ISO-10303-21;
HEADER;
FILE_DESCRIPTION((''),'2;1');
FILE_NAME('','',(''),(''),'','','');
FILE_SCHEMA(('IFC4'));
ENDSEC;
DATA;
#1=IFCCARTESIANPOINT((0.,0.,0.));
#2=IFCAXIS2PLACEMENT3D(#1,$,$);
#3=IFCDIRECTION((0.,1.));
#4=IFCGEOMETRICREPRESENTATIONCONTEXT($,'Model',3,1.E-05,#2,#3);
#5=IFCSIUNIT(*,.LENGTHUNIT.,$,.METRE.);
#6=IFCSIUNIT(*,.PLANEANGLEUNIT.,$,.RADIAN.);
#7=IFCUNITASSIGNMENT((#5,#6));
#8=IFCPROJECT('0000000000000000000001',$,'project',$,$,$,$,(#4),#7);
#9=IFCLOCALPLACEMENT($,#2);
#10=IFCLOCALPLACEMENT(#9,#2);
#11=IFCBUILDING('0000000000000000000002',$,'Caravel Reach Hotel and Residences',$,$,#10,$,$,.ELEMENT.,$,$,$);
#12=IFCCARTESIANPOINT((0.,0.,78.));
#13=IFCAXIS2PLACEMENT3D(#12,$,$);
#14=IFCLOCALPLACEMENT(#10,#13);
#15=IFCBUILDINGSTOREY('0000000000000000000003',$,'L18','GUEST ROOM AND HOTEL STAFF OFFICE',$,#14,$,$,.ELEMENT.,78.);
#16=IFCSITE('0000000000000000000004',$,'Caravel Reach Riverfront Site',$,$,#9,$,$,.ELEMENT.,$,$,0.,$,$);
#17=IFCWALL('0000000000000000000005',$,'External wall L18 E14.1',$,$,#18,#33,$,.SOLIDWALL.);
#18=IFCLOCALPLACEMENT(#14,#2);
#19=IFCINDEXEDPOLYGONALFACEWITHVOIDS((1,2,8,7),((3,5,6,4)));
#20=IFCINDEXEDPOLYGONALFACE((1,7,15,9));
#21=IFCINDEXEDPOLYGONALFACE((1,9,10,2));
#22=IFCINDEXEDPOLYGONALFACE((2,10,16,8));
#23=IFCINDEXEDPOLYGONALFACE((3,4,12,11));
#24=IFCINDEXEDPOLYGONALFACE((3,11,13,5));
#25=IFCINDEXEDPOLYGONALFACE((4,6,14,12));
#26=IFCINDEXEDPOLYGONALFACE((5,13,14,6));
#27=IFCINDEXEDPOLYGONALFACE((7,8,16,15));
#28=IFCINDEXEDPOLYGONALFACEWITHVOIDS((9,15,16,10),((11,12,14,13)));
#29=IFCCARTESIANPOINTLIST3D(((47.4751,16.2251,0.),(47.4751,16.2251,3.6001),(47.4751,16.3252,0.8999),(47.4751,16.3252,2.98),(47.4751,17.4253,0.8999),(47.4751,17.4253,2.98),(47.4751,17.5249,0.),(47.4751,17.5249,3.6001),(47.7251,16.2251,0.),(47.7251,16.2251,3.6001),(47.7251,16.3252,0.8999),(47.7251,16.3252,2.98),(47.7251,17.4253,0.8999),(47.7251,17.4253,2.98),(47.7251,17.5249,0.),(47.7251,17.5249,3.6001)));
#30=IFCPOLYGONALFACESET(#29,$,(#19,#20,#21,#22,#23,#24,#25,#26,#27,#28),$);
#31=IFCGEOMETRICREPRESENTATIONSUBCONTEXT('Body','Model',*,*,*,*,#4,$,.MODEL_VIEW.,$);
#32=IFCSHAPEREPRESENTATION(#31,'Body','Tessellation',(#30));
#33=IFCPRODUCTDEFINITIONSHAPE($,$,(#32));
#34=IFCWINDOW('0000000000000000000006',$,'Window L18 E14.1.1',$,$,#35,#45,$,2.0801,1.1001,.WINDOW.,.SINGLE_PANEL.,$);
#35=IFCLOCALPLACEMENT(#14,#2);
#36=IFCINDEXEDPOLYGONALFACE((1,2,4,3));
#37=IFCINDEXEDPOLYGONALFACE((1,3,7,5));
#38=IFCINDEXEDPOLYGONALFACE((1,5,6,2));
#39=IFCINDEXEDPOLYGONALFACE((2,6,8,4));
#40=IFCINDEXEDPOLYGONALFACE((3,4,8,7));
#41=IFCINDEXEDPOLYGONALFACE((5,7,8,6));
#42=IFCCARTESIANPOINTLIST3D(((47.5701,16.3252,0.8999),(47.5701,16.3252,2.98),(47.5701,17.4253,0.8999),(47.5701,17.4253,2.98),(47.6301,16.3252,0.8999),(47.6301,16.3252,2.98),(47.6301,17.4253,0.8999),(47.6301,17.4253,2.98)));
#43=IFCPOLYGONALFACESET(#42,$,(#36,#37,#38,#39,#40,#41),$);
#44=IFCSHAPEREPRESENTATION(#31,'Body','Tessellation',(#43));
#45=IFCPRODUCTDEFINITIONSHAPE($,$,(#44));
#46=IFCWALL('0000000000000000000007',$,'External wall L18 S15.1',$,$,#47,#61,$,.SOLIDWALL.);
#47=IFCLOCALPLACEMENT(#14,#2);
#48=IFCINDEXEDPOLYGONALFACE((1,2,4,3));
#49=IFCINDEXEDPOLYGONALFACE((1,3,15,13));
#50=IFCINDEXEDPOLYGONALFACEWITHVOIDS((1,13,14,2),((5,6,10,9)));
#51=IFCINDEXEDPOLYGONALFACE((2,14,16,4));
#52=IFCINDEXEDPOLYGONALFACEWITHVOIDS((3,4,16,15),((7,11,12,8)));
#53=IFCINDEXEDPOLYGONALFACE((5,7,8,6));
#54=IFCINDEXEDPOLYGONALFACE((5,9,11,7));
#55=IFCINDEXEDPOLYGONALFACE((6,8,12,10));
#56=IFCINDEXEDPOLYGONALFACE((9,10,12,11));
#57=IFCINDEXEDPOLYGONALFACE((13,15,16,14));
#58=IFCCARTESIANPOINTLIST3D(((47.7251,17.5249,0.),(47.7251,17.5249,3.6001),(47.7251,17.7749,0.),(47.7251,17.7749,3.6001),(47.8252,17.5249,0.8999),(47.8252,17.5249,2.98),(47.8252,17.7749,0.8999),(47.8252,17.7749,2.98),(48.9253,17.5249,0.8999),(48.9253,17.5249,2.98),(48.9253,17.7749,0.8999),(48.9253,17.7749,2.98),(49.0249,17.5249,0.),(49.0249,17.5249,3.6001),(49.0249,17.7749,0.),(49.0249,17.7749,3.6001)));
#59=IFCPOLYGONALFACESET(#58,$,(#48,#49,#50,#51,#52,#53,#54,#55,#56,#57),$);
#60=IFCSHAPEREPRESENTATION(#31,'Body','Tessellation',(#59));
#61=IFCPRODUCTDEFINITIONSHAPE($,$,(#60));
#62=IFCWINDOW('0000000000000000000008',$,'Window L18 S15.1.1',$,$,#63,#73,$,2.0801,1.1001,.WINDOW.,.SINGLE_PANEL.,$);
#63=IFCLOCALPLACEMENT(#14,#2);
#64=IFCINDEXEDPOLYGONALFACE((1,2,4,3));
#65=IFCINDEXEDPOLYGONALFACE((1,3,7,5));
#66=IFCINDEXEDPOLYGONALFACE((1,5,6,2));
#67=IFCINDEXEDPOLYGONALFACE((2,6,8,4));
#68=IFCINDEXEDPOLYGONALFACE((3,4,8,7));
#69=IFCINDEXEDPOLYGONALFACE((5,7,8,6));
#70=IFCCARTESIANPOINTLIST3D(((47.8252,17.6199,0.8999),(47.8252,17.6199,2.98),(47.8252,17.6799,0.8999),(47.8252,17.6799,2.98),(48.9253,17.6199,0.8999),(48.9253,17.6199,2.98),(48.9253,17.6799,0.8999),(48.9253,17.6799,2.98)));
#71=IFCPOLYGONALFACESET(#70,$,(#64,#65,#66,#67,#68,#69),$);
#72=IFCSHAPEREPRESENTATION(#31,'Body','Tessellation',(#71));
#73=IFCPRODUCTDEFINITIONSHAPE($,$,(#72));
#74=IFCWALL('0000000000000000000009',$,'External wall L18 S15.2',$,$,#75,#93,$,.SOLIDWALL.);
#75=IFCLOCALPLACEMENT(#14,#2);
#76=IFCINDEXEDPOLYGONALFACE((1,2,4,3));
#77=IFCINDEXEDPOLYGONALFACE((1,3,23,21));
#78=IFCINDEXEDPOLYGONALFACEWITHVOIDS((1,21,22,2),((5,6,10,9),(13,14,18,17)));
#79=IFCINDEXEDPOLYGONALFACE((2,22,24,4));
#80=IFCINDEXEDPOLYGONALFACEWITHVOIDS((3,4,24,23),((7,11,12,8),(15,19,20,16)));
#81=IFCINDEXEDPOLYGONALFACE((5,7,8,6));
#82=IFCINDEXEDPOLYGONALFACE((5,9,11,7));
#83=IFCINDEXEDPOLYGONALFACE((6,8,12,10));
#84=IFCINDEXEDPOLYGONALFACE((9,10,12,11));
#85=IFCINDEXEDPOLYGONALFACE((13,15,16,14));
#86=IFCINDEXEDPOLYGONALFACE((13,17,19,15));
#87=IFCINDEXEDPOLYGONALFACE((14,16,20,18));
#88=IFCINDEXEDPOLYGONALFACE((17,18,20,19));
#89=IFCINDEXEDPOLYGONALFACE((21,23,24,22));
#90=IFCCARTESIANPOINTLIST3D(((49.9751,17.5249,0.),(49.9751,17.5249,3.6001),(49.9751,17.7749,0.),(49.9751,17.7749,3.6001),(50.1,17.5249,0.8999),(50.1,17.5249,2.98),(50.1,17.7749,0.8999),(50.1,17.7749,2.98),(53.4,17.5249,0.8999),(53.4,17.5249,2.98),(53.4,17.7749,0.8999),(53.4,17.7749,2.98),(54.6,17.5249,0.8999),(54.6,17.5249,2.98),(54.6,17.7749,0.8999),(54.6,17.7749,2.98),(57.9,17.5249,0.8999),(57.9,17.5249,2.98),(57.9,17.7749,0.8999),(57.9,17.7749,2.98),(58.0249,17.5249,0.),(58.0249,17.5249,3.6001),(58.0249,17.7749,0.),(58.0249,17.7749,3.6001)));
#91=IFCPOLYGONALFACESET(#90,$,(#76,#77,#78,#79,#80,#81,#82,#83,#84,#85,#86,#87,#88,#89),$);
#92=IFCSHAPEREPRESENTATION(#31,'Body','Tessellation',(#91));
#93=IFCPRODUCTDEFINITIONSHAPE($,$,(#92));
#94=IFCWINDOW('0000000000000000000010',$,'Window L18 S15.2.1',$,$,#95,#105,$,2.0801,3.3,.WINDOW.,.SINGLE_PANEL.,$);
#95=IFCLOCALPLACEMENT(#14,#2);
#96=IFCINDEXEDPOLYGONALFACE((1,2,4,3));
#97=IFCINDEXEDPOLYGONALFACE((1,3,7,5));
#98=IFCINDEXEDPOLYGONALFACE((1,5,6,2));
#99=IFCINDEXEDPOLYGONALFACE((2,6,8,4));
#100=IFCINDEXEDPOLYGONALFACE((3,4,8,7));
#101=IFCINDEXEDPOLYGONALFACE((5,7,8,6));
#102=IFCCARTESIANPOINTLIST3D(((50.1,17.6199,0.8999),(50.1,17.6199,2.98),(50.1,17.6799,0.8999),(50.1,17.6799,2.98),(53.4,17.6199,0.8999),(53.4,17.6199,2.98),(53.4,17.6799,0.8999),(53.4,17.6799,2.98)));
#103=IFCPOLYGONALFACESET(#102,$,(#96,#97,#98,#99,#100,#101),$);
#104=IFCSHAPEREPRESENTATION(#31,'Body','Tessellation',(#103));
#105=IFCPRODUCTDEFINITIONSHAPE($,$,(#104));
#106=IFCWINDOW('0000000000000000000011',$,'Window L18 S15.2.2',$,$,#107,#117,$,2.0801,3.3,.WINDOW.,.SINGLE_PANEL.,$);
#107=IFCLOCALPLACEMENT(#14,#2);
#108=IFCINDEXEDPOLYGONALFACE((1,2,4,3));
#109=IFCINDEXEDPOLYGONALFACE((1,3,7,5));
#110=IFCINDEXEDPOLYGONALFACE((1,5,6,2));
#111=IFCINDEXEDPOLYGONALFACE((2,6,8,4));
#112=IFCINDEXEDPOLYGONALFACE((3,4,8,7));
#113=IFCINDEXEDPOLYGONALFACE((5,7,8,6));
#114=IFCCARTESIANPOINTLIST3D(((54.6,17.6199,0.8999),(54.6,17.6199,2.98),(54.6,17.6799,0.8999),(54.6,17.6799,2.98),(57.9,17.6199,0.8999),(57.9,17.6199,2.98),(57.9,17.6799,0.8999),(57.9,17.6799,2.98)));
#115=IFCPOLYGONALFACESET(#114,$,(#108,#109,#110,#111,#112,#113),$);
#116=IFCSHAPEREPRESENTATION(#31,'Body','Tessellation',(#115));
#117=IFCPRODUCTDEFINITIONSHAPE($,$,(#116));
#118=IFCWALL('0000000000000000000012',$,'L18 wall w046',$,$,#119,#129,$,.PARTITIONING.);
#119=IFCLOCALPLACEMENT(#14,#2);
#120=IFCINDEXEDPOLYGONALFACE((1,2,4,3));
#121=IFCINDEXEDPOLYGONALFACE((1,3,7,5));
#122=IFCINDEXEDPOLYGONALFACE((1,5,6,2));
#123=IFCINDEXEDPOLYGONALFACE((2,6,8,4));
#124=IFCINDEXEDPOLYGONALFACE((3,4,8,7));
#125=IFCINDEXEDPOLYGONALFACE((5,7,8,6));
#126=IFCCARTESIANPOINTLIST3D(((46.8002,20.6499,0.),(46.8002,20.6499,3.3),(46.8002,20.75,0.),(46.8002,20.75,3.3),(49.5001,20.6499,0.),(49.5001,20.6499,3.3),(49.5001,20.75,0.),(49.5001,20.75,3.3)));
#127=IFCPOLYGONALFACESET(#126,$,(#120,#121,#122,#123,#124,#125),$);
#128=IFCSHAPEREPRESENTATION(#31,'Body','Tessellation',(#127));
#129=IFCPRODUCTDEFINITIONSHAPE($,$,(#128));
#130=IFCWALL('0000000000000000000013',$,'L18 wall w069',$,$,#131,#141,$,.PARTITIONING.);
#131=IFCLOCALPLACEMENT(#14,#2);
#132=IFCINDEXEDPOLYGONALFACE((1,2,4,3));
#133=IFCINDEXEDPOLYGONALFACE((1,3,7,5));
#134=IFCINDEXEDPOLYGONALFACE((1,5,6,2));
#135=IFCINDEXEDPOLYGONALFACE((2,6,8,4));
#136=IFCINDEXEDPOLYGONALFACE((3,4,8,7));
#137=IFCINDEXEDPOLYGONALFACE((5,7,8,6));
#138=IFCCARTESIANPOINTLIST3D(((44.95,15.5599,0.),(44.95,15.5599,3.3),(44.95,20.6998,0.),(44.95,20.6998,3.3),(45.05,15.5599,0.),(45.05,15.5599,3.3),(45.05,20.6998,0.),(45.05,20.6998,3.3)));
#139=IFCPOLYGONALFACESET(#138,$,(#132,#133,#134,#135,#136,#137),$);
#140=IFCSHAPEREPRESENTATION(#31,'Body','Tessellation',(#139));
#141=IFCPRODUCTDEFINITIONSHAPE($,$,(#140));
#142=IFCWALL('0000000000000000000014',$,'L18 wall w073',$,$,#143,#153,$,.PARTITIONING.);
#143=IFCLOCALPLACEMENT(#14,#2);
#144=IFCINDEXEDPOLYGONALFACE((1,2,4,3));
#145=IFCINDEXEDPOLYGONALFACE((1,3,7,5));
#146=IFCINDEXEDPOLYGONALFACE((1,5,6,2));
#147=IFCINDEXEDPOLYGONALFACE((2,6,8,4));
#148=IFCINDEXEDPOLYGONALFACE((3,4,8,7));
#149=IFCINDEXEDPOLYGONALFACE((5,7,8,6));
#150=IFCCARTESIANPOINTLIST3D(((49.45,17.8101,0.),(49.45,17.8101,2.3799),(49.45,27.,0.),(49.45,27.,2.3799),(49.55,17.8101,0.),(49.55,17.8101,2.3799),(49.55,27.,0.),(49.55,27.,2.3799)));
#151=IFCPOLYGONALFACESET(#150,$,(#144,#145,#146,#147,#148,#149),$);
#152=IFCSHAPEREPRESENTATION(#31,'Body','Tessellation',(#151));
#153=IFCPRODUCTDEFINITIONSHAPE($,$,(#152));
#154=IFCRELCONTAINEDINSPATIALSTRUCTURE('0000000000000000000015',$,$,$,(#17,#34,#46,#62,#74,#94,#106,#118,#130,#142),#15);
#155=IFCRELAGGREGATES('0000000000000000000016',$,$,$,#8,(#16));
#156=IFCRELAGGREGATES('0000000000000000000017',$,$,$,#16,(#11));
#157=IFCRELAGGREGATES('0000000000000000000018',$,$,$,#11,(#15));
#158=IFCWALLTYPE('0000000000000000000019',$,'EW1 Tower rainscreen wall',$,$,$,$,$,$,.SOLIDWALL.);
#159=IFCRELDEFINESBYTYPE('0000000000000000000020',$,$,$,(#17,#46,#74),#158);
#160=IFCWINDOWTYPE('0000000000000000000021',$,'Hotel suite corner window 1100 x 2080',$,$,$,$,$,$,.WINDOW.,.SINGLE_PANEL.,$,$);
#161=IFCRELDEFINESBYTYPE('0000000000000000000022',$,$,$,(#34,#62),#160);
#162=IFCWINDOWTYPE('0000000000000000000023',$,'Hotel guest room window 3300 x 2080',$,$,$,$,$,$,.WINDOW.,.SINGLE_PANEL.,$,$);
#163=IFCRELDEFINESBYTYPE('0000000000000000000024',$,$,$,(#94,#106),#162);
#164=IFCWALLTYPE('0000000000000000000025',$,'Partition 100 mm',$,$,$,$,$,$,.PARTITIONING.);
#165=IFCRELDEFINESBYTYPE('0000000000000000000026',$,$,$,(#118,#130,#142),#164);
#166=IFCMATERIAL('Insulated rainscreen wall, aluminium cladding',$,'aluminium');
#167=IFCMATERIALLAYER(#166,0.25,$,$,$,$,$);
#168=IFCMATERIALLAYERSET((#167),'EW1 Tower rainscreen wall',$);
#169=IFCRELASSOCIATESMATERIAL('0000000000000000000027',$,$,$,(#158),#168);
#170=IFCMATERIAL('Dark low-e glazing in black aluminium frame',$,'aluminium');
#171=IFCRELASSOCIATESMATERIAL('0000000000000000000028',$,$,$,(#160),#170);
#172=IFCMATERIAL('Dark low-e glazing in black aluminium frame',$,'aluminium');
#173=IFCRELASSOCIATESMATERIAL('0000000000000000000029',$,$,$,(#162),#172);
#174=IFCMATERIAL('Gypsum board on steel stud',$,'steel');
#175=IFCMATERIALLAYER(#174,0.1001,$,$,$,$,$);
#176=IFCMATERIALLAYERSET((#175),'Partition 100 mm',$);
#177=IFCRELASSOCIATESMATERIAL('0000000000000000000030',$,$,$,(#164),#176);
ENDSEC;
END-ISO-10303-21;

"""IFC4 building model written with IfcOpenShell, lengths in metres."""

from ifc_helpers import new_model, si_unit, direction, frame, frame_2d, origin, place, context, subcontext, project, spatial, rectangle, extrude, material, layer, layer_set, type_object, element, fill, save


model = new_model("IFC4")

# Units and contexts
model_context = context("Model", 3, precision=1e-05, world=origin(), true_north=direction((0.0, 1.0)))
body_context = subcontext(model_context, "Body", "Model", "MODEL_VIEW")
ifc_project = project(units=[si_unit("LENGTHUNIT", "METRE"), si_unit("PLANEANGLEUNIT", "RADIAN")], contexts=[model_context])

# Site, building, storey
site_placement = place(None, origin())
site = spatial("IfcSite", under=ifc_project, at=site_placement, Name="Caravel Reach Riverfront Site", CompositionType="ELEMENT", RefElevation=0.0)
building_placement = place(site_placement, origin())
building = spatial("IfcBuilding", under=site, at=building_placement, Name="Caravel Reach Hotel and Residences", CompositionType="ELEMENT")
storey_placement = place(building_placement, frame((0.0, 0.0, 78.0)))
storey = spatial("IfcBuildingStorey", under=building, at=storey_placement, Name="L18", Description="GUEST ROOM AND HOTEL STAFF OFFICE", CompositionType="ELEMENT", Elevation=78.0)

# Walls, openings, windows
ifc_material_1 = material(Name="Insulated rainscreen wall, aluminium cladding", Category="aluminium")
ifc_layer_1 = layer(ifc_material_1, 0.25)
ifc_layer_set_1 = layer_set([ifc_layer_1], Name="EW1 Tower rainscreen wall")
wall_type_1 = type_object("IfcWallType", Name="EW1 Tower rainscreen wall", PredefinedType="SOLIDWALL", material=ifc_layer_set_1)
ifc_material_2 = material(Name="Dark low-e glazing in black aluminium frame", Category="aluminium")
window_type_1 = type_object("IfcWindowType", Name="Hotel suite corner window 1100 x 2080", PartitioningType="SINGLE_PANEL", PredefinedType="WINDOW", material=ifc_material_2)
wall_1_placement = place(storey_placement, frame((47.6001, 16.2251, 0.0), z_axis=(0.0, 0.0, 1.0), x_axis=(0.0, 1.0, 0.0)))
wall_1 = element("IfcWall", 1, at=wall_1_placement, inside=storey, type_object=wall_type_1, Name="External wall L18 E14.1", PredefinedType="SOLIDWALL", context=body_context, shape_type="SweptSolid", body=[
    extrude(rectangle(XDim=1.2998, YDim=0.25, at=frame_2d((0.6499, 0.0))), origin(), (0.0, 0.0, 1.0), 3.6001),
])
opening_1_placement = place(wall_1_placement, frame((0.1001, 0.0, 0.8999)))
opening_1 = element("IfcOpeningElement", 2, at=opening_1_placement, cuts=wall_1, PredefinedType="OPENING", context=body_context, shape_type="SweptSolid", body=[
    extrude(rectangle(XDim=1.1001, YDim=2.0801, at=frame_2d((0.55, 1.04))), frame((0.0, 0.135, 0.0), z_axis=(0.0, -1.0, 0.0), x_axis=(1.0, 0.0, 0.0)), (0.0, 0.0, 1.0), 0.27),
])
window_1_placement = place(opening_1_placement, origin())
window_1 = element("IfcWindow", 3, at=window_1_placement, inside=storey, type_object=window_type_1, Name="Window L18 E14.1.1", OverallHeight=2.0801, OverallWidth=1.1001, PartitioningType="SINGLE_PANEL", PredefinedType="WINDOW", context=body_context, shape_type="SweptSolid", body=[
    extrude(rectangle(XDim=1.1001, YDim=2.0801, at=frame_2d((0.55, 1.04))), frame((0.0, 0.03, 0.0), z_axis=(0.0, -1.0, 0.0), x_axis=(1.0, 0.0, 0.0)), (0.0, 0.0, 1.0), 0.0601),
])
fill(opening_1, window_1)
wall_2_placement = place(storey_placement, frame((47.7251, 17.6499, 0.0), z_axis=(0.0, 0.0, 1.0), x_axis=(1.0, 0.0, 0.0)))
wall_2 = element("IfcWall", 4, at=wall_2_placement, inside=storey, type_object=wall_type_1, Name="External wall L18 S15.1", PredefinedType="SOLIDWALL", context=body_context, shape_type="SweptSolid", body=[
    extrude(rectangle(XDim=1.2998, YDim=0.25, at=frame_2d((0.6499, 0.0))), origin(), (0.0, 0.0, 1.0), 3.6001),
])
opening_2_placement = place(wall_2_placement, frame((0.1001, 0.0, 0.8999)))
opening_2 = element("IfcOpeningElement", 5, at=opening_2_placement, cuts=wall_2, PredefinedType="OPENING", context=body_context, shape_type="SweptSolid", body=[
    extrude(rectangle(XDim=1.1001, YDim=2.0801, at=frame_2d((0.55, 1.04))), frame((0.0, 0.135, 0.0), z_axis=(0.0, -1.0, 0.0), x_axis=(1.0, 0.0, 0.0)), (0.0, 0.0, 1.0), 0.27),
])
window_2_placement = place(opening_2_placement, origin())
window_2 = element("IfcWindow", 6, at=window_2_placement, inside=storey, type_object=window_type_1, Name="Window L18 S15.1.1", OverallHeight=2.0801, OverallWidth=1.1001, PartitioningType="SINGLE_PANEL", PredefinedType="WINDOW", context=body_context, shape_type="SweptSolid", body=[
    extrude(rectangle(XDim=1.1001, YDim=2.0801, at=frame_2d((0.55, 1.04))), frame((0.0, 0.03, 0.0), z_axis=(0.0, -1.0, 0.0), x_axis=(1.0, 0.0, 0.0)), (0.0, 0.0, 1.0), 0.0601),
])
fill(opening_2, window_2)

# Wall, openings, windows
wall_3_placement = place(storey_placement, frame((49.9751, 17.6499, 0.0), z_axis=(0.0, 0.0, 1.0), x_axis=(1.0, 0.0, 0.0)))
wall_3 = element("IfcWall", 7, at=wall_3_placement, inside=storey, type_object=wall_type_1, Name="External wall L18 S15.2", PredefinedType="SOLIDWALL", context=body_context, shape_type="SweptSolid", body=[
    extrude(rectangle(XDim=8.0498, YDim=0.25, at=frame_2d((4.0249, 0.0))), origin(), (0.0, 0.0, 1.0), 3.6001),
])
opening_3_placement = place(wall_3_placement, frame((0.125, 0.0, 0.8999)))
opening_3 = element("IfcOpeningElement", 8, at=opening_3_placement, cuts=wall_3, PredefinedType="OPENING", context=body_context, shape_type="SweptSolid", body=[
    extrude(rectangle(XDim=3.3, YDim=2.0801, at=frame_2d((1.6499, 1.04))), frame((0.0, 0.135, 0.0), z_axis=(0.0, -1.0, 0.0), x_axis=(1.0, 0.0, 0.0)), (0.0, 0.0, 1.0), 0.27),
])
opening_4_placement = place(wall_3_placement, frame((4.625, 0.0, 0.8999)))
opening_4 = element("IfcOpeningElement", 9, at=opening_4_placement, cuts=wall_3, PredefinedType="OPENING", context=body_context, shape_type="SweptSolid", body=[
    extrude(rectangle(XDim=3.3, YDim=2.0801, at=frame_2d((1.6499, 1.04))), frame((0.0, 0.135, 0.0), z_axis=(0.0, -1.0, 0.0), x_axis=(1.0, 0.0, 0.0)), (0.0, 0.0, 1.0), 0.27),
])
ifc_material_3 = material(Name="Dark low-e glazing in black aluminium frame", Category="aluminium")
window_type_2 = type_object("IfcWindowType", Name="Hotel guest room window 3300 x 2080", PartitioningType="SINGLE_PANEL", PredefinedType="WINDOW", material=ifc_material_3)
window_3_placement = place(opening_3_placement, origin())
window_3 = element("IfcWindow", 10, at=window_3_placement, inside=storey, type_object=window_type_2, Name="Window L18 S15.2.1", OverallHeight=2.0801, OverallWidth=3.3, PartitioningType="SINGLE_PANEL", PredefinedType="WINDOW", context=body_context, shape_type="SweptSolid", body=[
    extrude(rectangle(XDim=3.3, YDim=2.0801, at=frame_2d((1.6499, 1.04))), frame((0.0, 0.03, 0.0), z_axis=(0.0, -1.0, 0.0), x_axis=(1.0, 0.0, 0.0)), (0.0, 0.0, 1.0), 0.0601),
])
fill(opening_3, window_3)
window_4_placement = place(opening_4_placement, origin())
window_4 = element("IfcWindow", 11, at=window_4_placement, inside=storey, type_object=window_type_2, Name="Window L18 S15.2.2", OverallHeight=2.0801, OverallWidth=3.3, PartitioningType="SINGLE_PANEL", PredefinedType="WINDOW", context=body_context, shape_type="SweptSolid", body=[
    extrude(rectangle(XDim=3.3, YDim=2.0801, at=frame_2d((1.6499, 1.04))), frame((0.0, 0.03, 0.0), z_axis=(0.0, -1.0, 0.0), x_axis=(1.0, 0.0, 0.0)), (0.0, 0.0, 1.0), 0.0601),
])
fill(opening_4, window_4)

# Walls
ifc_material_4 = material(Name="Gypsum board on steel stud", Category="steel")
ifc_layer_2 = layer(ifc_material_4, 0.1001)
ifc_layer_set_2 = layer_set([ifc_layer_2], Name="Partition 100 mm")
wall_type_2 = type_object("IfcWallType", Name="Partition 100 mm", PredefinedType="PARTITIONING", material=ifc_layer_set_2)
wall_4_placement = place(storey_placement, frame((46.8, 20.7, 0.0), z_axis=(0.0, 0.0, 1.0), x_axis=(1.0, 0.0, 0.0)))
element("IfcWall", 12, at=wall_4_placement, inside=storey, type_object=wall_type_2, Name="L18 wall w046", PredefinedType="PARTITIONING", context=body_context, shape_type="SweptSolid", body=[
    extrude(rectangle(XDim=2.7, YDim=0.1001, at=frame_2d((1.3501, 0.0))), origin(), (0.0, 0.0, 1.0), 3.3),
])
wall_5_placement = place(storey_placement, frame((45.0, 15.5601, 0.0), z_axis=(0.0, 0.0, 1.0), x_axis=(0.0, 1.0, 0.0)))
element("IfcWall", 13, at=wall_5_placement, inside=storey, type_object=wall_type_2, Name="L18 wall w069", PredefinedType="PARTITIONING", context=body_context, shape_type="SweptSolid", body=[
    extrude(rectangle(XDim=5.1399, YDim=0.1001, at=frame_2d((2.5698, 0.0))), origin(), (0.0, 0.0, 1.0), 3.3),
])
wall_6_placement = place(storey_placement, frame((49.5, 17.8101, 0.0), z_axis=(0.0, 0.0, 1.0), x_axis=(0.0, 1.0, 0.0)))
element("IfcWall", 14, at=wall_6_placement, inside=storey, type_object=wall_type_2, Name="L18 wall w073", PredefinedType="PARTITIONING", context=body_context, shape_type="SweptSolid", body=[
    extrude(rectangle(XDim=9.1899, YDim=0.1001, at=frame_2d((4.595, 0.0))), origin(), (0.0, 0.0, 1.0), 2.3799),
])

save(model, "model.ifc")
